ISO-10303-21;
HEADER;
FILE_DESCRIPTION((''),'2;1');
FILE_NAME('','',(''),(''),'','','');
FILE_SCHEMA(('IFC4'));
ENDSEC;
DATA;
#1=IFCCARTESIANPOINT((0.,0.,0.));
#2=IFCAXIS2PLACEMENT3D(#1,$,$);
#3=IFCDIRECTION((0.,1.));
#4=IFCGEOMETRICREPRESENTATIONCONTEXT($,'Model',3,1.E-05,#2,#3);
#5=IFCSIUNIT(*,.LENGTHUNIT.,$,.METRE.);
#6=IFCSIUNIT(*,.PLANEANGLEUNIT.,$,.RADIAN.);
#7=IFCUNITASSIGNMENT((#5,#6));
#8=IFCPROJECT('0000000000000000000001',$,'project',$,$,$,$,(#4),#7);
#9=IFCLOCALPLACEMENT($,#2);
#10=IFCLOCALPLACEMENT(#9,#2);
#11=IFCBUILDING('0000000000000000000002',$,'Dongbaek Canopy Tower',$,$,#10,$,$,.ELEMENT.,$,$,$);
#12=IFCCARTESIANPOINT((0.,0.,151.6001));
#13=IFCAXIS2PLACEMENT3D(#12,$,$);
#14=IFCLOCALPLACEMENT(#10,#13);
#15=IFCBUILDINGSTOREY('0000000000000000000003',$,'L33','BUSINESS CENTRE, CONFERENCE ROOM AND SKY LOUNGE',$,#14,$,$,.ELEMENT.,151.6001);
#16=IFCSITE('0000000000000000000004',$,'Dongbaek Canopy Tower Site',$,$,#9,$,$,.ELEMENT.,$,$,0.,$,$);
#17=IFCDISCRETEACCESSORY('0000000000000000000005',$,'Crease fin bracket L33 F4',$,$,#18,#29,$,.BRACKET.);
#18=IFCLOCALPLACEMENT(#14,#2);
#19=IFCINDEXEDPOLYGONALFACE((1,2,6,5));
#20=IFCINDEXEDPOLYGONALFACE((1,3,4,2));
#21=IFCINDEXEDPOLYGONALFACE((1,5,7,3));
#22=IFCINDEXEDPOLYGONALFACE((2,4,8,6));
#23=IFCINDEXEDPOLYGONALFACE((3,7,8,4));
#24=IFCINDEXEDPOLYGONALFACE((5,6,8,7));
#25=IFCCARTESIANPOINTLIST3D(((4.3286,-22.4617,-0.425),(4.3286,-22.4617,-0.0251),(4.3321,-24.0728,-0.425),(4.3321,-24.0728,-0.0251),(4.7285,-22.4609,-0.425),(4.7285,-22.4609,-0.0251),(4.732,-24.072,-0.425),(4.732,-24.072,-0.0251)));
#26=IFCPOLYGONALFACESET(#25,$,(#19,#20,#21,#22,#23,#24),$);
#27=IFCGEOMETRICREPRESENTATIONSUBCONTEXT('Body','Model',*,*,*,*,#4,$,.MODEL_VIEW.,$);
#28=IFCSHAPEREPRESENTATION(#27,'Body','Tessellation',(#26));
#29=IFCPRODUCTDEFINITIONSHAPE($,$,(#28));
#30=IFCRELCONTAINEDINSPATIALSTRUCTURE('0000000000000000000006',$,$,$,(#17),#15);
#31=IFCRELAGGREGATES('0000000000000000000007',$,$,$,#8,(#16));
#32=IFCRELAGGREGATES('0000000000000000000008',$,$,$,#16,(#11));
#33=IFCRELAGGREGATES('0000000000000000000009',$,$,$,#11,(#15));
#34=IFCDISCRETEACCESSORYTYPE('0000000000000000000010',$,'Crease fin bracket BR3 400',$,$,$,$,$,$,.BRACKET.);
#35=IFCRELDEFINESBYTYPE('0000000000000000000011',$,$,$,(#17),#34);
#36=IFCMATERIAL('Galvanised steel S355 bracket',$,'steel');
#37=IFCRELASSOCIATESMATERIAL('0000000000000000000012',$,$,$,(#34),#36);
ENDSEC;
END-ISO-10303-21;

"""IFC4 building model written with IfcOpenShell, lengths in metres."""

from ifc_helpers import new_model, si_unit, direction, frame, origin, origin_2d, place, context, subcontext, project, spatial, rectangle, extrude, material, type_object, element, save


model = new_model("IFC4")

# Units and contexts
model_context = context("Model", 3, precision=1e-05, world=origin(), true_north=direction((0.0, 1.0)))
body_context = subcontext(model_context, "Body", "Model", "MODEL_VIEW")
ifc_project = project(units=[si_unit("LENGTHUNIT", "METRE"), si_unit("PLANEANGLEUNIT", "RADIAN")], contexts=[model_context])

# Site, building, storey
site_placement = place(None, origin())
site = spatial("IfcSite", under=ifc_project, at=site_placement, Name="Dongbaek Canopy Tower Site", CompositionType="ELEMENT", RefElevation=0.0)
building_placement = place(site_placement, origin())
building = spatial("IfcBuilding", under=site, at=building_placement, Name="Dongbaek Canopy Tower", CompositionType="ELEMENT")
storey_placement = place(building_placement, frame((0.0, 0.0, 151.6001)))
storey = spatial("IfcBuildingStorey", under=building, at=storey_placement, Name="L33", Description="BUSINESS CENTRE, CONFERENCE ROOM AND SKY LOUNGE", CompositionType="ELEMENT", Elevation=151.6001)

# Discrete accessory
ifc_material_1 = material(Name="Galvanised steel S355 bracket", Category="steel")
discrete_accessory_type = type_object("IfcDiscreteAccessoryType", Name="Crease fin bracket BR3 400", PredefinedType="BRACKET", material=ifc_material_1)
discrete_accessory_placement = place(storey_placement, frame((4.5303, -23.2668, -0.425), z_axis=(0.0, 0.0, 1.0), x_axis=(0.002164, -0.999998, 0.0)))
element("IfcDiscreteAccessory", 1, at=discrete_accessory_placement, inside=storey, type_object=discrete_accessory_type, Name="Crease fin bracket L33 F4", PredefinedType="BRACKET", context=body_context, shape_type="SweptSolid", body=[
    extrude(rectangle(XDim=1.6111, YDim=0.3999, at=origin_2d()), origin(), (0.0, 0.0, 1.0), 0.3999),
])

save(model, "model.ifc")
